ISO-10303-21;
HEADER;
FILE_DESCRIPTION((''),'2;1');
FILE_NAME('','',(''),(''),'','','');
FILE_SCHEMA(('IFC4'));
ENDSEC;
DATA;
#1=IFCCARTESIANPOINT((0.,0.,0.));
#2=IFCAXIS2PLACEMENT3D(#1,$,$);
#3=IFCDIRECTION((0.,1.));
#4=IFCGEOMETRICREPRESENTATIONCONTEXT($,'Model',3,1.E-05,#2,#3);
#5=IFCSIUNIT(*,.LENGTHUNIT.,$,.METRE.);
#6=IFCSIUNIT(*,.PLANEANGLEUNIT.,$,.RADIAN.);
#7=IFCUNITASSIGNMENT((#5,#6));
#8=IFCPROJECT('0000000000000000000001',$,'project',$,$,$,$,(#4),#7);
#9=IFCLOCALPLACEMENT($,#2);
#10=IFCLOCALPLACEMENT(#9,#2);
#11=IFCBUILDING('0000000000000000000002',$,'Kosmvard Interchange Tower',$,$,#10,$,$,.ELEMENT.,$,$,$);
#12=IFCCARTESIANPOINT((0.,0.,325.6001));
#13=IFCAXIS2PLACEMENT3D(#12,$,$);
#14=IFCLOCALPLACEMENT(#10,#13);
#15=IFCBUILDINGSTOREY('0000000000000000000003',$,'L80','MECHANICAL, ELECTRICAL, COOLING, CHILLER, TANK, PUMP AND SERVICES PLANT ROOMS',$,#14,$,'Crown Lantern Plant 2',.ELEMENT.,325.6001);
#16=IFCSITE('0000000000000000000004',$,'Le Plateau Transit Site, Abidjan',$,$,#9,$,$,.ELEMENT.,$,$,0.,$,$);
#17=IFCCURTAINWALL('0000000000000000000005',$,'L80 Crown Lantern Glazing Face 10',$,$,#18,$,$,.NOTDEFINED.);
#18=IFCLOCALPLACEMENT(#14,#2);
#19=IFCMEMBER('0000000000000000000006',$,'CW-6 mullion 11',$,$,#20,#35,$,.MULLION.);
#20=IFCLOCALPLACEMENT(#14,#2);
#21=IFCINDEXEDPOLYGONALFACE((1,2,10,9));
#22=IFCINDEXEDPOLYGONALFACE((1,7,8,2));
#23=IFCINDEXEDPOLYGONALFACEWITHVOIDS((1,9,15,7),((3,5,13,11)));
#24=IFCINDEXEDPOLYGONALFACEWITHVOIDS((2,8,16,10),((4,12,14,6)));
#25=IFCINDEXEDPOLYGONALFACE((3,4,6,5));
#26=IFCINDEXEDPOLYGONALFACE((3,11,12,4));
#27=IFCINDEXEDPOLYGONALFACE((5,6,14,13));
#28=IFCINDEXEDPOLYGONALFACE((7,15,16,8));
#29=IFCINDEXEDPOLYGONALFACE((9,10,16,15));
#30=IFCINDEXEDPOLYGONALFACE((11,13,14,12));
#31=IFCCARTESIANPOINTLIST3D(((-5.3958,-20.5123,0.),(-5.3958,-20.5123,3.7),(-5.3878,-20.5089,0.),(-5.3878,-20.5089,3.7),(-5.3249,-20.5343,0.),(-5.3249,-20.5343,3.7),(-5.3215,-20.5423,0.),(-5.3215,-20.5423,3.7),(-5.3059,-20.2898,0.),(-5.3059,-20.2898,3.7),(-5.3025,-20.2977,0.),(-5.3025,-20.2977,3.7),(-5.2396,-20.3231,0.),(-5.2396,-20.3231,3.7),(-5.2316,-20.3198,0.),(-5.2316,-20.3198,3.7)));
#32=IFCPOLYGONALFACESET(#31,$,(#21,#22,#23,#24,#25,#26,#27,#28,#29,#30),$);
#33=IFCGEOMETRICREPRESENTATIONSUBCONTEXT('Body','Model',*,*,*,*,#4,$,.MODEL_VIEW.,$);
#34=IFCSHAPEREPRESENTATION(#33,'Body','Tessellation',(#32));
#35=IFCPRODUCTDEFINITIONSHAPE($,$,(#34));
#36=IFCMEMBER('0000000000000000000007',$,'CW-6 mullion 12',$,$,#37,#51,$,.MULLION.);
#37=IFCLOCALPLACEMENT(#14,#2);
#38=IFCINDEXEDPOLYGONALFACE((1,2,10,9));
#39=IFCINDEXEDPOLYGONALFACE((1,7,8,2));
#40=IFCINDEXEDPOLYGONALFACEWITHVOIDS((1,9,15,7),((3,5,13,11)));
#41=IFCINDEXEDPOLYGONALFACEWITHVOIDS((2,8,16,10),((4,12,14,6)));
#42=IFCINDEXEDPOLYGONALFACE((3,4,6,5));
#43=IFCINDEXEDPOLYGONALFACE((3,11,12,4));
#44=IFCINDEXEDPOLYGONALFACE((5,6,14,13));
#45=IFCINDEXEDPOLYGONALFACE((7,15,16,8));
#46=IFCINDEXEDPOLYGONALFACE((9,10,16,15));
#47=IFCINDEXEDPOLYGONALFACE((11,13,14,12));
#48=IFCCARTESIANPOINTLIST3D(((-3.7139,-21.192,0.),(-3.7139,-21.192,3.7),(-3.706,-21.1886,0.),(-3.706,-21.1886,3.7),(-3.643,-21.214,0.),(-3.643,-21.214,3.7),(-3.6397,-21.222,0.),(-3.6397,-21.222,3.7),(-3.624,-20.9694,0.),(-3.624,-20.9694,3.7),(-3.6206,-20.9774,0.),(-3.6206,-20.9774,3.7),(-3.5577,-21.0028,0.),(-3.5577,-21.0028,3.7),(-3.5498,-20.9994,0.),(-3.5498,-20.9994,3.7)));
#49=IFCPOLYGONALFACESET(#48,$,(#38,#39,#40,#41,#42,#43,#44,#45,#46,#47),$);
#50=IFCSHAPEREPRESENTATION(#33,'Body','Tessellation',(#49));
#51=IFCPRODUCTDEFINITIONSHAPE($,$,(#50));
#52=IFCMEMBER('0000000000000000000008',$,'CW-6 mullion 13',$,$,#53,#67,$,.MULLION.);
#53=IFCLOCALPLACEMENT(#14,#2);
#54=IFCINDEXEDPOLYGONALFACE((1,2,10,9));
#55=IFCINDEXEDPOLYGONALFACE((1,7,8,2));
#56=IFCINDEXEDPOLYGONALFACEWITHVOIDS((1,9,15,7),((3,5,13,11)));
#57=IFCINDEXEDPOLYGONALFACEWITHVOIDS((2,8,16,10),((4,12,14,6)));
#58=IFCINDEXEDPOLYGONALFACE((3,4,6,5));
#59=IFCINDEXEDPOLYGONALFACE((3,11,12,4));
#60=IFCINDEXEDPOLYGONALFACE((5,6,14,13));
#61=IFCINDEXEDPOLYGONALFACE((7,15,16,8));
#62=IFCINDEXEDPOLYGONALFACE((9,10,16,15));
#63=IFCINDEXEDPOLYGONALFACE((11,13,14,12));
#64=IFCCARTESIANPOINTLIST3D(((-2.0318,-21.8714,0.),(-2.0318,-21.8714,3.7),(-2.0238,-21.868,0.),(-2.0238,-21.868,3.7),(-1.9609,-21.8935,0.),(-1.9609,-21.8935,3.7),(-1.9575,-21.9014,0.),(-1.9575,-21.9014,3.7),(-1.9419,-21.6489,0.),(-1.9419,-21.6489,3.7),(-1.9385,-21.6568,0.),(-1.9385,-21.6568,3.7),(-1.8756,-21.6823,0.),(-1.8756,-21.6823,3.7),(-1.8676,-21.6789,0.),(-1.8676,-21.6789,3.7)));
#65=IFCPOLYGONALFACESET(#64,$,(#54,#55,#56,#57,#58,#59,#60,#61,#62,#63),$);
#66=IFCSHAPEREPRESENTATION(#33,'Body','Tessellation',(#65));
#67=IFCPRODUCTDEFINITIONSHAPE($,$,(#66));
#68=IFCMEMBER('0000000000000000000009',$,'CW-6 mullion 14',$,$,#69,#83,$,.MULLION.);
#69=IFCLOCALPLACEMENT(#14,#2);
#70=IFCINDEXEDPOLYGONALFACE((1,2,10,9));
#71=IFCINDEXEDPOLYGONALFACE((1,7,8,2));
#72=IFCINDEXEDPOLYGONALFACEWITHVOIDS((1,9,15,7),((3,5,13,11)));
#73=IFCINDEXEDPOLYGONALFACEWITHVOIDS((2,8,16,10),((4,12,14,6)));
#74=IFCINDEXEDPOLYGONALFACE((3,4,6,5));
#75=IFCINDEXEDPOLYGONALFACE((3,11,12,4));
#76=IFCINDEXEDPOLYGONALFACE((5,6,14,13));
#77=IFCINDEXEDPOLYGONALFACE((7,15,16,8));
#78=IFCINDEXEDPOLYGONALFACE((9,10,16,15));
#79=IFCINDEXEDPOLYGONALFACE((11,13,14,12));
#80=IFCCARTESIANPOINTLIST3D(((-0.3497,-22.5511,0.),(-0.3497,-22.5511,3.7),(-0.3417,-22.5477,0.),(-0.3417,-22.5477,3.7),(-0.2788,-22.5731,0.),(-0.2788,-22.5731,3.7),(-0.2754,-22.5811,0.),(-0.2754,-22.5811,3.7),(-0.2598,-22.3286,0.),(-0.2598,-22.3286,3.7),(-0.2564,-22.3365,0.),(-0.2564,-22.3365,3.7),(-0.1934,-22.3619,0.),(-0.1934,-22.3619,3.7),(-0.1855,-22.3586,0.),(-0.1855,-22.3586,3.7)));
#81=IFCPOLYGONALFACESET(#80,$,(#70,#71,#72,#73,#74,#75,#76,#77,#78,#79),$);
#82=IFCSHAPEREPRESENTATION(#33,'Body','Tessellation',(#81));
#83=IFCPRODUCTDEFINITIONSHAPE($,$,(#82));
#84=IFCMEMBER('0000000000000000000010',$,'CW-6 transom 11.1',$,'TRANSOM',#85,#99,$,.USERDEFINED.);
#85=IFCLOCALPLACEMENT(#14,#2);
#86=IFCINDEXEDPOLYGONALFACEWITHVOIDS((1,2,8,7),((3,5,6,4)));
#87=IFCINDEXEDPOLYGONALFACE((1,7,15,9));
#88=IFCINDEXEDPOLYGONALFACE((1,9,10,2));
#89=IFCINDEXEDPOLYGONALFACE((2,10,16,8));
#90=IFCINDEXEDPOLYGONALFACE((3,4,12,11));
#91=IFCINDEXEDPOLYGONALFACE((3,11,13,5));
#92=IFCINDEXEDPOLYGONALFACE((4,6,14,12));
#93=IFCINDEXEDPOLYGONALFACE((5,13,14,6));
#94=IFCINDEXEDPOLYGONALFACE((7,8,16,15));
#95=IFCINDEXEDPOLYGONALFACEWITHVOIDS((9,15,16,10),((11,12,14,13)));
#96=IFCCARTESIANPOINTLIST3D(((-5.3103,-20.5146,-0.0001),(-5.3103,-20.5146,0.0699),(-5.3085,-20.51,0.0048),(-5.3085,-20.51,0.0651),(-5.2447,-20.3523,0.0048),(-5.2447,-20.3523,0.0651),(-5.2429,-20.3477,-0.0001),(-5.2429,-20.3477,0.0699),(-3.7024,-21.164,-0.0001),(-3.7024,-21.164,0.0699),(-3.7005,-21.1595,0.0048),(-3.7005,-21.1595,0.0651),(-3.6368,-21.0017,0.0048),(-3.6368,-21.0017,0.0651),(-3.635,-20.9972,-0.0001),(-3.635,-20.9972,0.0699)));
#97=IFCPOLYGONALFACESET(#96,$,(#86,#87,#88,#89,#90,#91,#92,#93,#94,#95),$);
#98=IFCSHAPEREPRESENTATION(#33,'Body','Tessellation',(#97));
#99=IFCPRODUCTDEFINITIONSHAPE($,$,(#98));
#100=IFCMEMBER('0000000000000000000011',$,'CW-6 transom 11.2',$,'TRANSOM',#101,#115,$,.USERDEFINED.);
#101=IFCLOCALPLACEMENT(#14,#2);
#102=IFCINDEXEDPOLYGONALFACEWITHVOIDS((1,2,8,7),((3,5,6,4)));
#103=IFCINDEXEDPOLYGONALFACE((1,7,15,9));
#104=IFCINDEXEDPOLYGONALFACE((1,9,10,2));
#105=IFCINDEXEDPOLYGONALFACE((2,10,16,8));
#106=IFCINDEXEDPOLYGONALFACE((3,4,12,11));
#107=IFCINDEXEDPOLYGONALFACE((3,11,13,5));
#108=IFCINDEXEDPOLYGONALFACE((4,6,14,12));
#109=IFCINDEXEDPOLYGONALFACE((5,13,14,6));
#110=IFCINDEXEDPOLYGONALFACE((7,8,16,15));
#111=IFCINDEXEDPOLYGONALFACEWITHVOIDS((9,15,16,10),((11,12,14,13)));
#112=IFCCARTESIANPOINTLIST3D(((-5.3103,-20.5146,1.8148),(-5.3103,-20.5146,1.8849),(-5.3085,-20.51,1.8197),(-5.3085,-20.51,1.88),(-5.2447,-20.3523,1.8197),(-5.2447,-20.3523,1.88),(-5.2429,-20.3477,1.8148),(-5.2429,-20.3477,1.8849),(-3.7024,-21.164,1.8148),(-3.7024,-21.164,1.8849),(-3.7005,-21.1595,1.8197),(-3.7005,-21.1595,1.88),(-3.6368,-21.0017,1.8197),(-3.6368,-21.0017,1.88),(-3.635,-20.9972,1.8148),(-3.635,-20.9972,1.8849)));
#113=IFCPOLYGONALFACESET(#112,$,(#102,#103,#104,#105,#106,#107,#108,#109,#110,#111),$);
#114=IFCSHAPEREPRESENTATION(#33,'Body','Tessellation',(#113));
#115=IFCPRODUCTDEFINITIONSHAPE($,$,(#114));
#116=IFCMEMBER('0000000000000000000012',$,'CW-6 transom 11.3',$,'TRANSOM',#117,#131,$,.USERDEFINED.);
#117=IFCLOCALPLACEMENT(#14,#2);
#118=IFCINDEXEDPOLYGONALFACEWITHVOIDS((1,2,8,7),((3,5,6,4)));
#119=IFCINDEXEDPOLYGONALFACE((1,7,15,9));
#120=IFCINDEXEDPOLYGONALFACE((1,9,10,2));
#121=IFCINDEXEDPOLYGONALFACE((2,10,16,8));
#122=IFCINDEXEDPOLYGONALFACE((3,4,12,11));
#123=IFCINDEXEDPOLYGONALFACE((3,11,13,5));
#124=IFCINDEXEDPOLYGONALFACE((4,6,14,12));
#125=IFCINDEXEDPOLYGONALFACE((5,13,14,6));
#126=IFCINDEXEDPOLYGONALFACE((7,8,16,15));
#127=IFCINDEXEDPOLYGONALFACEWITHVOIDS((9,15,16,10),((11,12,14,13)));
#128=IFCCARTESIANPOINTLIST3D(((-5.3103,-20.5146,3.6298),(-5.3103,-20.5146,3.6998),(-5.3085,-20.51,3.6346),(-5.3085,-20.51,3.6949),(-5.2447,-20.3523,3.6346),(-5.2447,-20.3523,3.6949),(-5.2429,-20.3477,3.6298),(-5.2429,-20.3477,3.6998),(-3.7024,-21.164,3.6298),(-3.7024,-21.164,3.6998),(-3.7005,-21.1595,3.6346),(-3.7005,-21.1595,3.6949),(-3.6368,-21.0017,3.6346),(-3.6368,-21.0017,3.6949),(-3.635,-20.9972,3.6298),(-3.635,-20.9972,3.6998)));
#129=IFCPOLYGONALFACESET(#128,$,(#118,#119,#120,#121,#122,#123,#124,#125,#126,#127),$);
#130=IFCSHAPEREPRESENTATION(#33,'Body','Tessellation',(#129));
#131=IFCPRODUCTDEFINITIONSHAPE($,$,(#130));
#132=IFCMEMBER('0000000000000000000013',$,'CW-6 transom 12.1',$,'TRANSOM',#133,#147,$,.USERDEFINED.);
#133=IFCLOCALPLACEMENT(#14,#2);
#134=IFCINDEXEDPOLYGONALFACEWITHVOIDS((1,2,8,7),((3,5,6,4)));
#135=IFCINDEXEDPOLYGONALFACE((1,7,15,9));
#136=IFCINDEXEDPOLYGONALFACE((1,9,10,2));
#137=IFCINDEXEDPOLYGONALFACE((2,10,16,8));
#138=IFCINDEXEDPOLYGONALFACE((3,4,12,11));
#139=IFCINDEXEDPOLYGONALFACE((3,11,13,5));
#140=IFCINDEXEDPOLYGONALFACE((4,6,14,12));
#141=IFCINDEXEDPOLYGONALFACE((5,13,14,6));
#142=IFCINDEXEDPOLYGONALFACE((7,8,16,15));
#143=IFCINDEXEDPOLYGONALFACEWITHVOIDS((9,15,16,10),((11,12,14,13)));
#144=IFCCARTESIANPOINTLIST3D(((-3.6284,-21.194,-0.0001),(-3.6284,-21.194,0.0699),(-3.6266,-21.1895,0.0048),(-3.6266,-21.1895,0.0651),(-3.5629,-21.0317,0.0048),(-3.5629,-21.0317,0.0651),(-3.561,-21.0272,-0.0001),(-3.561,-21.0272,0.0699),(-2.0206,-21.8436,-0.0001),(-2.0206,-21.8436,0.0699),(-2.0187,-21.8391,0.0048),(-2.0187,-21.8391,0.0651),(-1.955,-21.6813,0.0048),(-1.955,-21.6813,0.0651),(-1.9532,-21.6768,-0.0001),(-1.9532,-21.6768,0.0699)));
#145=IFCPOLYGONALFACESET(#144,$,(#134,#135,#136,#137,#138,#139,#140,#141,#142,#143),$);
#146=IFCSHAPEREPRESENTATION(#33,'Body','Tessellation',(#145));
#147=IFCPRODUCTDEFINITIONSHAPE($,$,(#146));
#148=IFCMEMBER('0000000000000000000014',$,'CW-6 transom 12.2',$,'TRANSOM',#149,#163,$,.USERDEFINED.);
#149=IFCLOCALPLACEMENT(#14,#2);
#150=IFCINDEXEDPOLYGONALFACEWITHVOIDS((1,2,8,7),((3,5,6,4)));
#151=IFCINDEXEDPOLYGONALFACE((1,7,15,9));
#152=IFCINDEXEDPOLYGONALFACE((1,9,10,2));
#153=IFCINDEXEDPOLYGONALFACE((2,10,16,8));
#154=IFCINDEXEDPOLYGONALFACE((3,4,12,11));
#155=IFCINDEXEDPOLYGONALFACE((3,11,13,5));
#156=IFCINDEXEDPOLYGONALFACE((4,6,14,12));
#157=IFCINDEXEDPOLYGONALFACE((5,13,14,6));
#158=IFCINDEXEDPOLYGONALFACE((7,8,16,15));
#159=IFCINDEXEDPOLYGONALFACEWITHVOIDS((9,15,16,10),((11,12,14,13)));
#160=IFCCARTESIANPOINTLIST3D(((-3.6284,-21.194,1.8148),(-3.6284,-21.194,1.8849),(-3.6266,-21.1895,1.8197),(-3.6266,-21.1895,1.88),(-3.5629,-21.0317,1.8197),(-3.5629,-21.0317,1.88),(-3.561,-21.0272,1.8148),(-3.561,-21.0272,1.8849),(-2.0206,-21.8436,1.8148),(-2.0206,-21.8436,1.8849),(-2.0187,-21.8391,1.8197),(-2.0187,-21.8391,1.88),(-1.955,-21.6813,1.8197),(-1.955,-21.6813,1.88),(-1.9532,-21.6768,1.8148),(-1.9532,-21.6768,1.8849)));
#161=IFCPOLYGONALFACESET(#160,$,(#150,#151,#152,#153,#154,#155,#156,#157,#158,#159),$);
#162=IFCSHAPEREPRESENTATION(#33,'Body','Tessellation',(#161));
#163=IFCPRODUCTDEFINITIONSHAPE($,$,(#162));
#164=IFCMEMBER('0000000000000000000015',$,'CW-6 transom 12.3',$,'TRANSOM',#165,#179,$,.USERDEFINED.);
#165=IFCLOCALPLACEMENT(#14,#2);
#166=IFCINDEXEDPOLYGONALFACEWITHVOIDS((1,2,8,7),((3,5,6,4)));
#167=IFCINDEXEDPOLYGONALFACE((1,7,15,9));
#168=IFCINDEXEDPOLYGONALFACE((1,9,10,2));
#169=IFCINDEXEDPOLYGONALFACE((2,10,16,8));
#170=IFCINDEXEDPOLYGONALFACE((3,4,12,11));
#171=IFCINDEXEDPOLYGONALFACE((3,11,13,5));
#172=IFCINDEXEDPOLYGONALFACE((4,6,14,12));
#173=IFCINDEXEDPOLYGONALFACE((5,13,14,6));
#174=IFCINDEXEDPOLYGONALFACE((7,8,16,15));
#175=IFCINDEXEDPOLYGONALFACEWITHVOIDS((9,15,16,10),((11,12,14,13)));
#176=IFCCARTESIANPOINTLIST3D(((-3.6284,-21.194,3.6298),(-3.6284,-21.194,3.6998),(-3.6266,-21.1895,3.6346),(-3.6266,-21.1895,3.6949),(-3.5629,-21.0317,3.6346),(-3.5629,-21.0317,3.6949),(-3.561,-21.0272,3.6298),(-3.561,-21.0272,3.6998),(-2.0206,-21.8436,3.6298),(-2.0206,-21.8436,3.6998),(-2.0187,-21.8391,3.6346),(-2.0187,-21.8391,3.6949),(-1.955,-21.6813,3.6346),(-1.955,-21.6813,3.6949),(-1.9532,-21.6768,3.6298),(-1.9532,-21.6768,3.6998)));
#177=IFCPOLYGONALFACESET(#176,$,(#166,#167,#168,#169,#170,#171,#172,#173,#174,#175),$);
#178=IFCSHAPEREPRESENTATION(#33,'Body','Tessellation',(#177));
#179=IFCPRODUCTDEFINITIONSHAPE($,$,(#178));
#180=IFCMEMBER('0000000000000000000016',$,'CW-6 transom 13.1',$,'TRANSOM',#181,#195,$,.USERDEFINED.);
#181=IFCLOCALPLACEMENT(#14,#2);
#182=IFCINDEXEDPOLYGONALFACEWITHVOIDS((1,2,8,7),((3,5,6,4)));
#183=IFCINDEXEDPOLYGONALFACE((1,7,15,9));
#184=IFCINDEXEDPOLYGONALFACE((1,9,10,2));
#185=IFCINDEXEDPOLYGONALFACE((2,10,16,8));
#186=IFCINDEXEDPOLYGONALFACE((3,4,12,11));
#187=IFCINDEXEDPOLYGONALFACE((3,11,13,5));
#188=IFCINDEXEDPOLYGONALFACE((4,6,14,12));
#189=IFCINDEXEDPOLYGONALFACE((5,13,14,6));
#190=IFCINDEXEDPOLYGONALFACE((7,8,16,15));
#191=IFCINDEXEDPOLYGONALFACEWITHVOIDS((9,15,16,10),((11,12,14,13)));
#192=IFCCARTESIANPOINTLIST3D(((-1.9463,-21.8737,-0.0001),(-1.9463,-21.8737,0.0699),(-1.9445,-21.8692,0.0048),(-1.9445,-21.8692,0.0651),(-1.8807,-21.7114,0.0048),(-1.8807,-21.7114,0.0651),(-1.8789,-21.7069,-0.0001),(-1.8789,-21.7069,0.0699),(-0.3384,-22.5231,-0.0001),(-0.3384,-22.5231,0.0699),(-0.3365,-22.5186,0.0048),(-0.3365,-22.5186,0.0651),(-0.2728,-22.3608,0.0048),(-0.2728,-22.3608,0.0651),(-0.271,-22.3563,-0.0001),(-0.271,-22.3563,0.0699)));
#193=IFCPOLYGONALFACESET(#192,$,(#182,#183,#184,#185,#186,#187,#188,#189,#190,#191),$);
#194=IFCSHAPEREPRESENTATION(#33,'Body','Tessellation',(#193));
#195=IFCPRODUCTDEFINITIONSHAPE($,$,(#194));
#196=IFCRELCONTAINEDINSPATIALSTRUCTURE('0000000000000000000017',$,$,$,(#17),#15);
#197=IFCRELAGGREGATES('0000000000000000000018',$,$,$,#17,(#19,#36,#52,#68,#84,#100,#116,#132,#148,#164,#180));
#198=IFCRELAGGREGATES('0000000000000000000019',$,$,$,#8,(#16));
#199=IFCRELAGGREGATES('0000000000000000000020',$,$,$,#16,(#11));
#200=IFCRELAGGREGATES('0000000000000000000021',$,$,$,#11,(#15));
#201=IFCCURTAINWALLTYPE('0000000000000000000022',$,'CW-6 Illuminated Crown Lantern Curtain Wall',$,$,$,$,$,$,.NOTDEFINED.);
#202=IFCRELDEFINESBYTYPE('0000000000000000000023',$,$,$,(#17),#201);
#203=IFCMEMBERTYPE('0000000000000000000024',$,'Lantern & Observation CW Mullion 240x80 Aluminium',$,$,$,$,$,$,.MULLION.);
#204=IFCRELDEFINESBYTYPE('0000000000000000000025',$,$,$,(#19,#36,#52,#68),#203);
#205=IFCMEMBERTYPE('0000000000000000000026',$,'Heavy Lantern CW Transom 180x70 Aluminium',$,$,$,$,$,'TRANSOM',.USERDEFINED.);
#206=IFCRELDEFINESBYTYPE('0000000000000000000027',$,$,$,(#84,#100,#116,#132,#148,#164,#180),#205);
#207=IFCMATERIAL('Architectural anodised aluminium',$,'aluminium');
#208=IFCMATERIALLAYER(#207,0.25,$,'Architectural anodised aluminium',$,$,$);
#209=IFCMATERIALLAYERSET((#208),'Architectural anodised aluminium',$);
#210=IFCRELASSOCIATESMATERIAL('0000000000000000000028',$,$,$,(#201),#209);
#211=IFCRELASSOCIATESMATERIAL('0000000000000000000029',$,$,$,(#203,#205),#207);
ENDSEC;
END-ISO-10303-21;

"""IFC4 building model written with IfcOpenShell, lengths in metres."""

from ifc_helpers import new_model, si_unit, direction, frame, origin, origin_2d, place, context, subcontext, project, spatial, hollow_rectangle, extrude, source, transform, mapped, material, layer, layer_set, material_profile, profile_set, type_object, element, aggregate, save


model = new_model("IFC4")

# Units and contexts
model_context = context("Model", 3, precision=1e-05, world=origin(), true_north=direction((0.0, 1.0)))
body_context = subcontext(model_context, "Body", "Model", "MODEL_VIEW")
ifc_project = project(units=[si_unit("LENGTHUNIT", "METRE"), si_unit("PLANEANGLEUNIT", "RADIAN")], contexts=[model_context])

# Site, building, storey
site_placement = place(None, origin())
site = spatial("IfcSite", under=ifc_project, at=site_placement, Name="Le Plateau Transit Site, Abidjan", CompositionType="ELEMENT", RefElevation=0.0)
building_placement = place(site_placement, origin())
building = spatial("IfcBuilding", under=site, at=building_placement, Name="Kosmvard Interchange Tower", CompositionType="ELEMENT")
storey_placement = place(building_placement, frame((0.0, 0.0, 325.6001)))
storey = spatial("IfcBuildingStorey", under=building, at=storey_placement, Name="L80", Description="MECHANICAL, ELECTRICAL, COOLING, CHILLER, TANK, PUMP AND SERVICES PLANT ROOMS", LongName="Crown Lantern Plant 2", CompositionType="ELEMENT", Elevation=325.6001)

# Curtain wall, members
ifc_material_1 = material(Name="Architectural anodised aluminium", Category="aluminium")
ifc_layer_1 = layer(ifc_material_1, 0.25, Name="Architectural anodised aluminium")
ifc_layer_set_1 = layer_set([ifc_layer_1], Name="Architectural anodised aluminium")
curtain_wall_type = type_object("IfcCurtainWallType", Name="CW-6 Illuminated Crown Lantern Curtain Wall", PredefinedType="NOTDEFINED", material=ifc_layer_set_1)
curtain_wall_placement = place(storey_placement, origin())
curtain_wall = element("IfcCurtainWall", 1, at=curtain_wall_placement, inside=storey, type_object=curtain_wall_type, Name="L80 Crown Lantern Glazing Face 10", PredefinedType="NOTDEFINED")
ifc_material_profile_1 = material_profile(ifc_material_1, hollow_rectangle(XDim=0.24, YDim=0.0801, WallThickness=0.0061, at=origin_2d()), Name="CWM 240x80x6")
ifc_profile_set_1 = profile_set([ifc_material_profile_1], Name="Architectural anodised aluminium")
member_type_1 = type_object("IfcMemberType", Name="Lantern & Observation CW Mullion 240x80 Aluminium", PredefinedType="MULLION", material=ifc_profile_set_1)
shared_shape_1 = source(origin(), body_context, "Body", "SweptSolid", [
    extrude(hollow_rectangle(XDim=0.24, YDim=0.0801, WallThickness=0.0061, at=origin_2d()), origin(), (0.0, 0.0, 1.0), 3.7),
])
member_1_placement = place(storey_placement, frame((-5.3137, -20.416, 0.0), z_axis=(0.0, 0.0, 1.0), x_axis=(0.374607, 0.927184, 0.0)))
member_1 = element("IfcMember", 2, at=member_1_placement, type_object=member_type_1, Name="CW-6 mullion 11", PredefinedType="MULLION", context=body_context, shape_type="MappedRepresentation", body=[
    mapped(shared_shape_1, transform((0.0, 0.0, 0.0), scale=1.0)),
])
member_2_placement = place(storey_placement, frame((-3.6318, -21.0957, 0.0), z_axis=(0.0, 0.0, 1.0), x_axis=(0.374607, 0.927184, 0.0)))
member_2 = element("IfcMember", 3, at=member_2_placement, type_object=member_type_1, Name="CW-6 mullion 12", PredefinedType="MULLION", context=body_context, shape_type="MappedRepresentation", body=[
    mapped(shared_shape_1, transform((0.0, 0.0, 0.0), scale=1.0)),
])
member_3_placement = place(storey_placement, frame((-1.9497, -21.7751, 0.0), z_axis=(0.0, 0.0, 1.0), x_axis=(0.374607, 0.927184, 0.0)))
member_3 = element("IfcMember", 4, at=member_3_placement, type_object=member_type_1, Name="CW-6 mullion 13", PredefinedType="MULLION", context=body_context, shape_type="MappedRepresentation", body=[
    mapped(shared_shape_1, transform((0.0, 0.0, 0.0), scale=1.0)),
])
member_4_placement = place(storey_placement, frame((-0.2676, -22.4548, 0.0), z_axis=(0.0, 0.0, 1.0), x_axis=(0.374607, 0.927184, 0.0)))
member_4 = element("IfcMember", 5, at=member_4_placement, type_object=member_type_1, Name="CW-6 mullion 14", PredefinedType="MULLION", context=body_context, shape_type="MappedRepresentation", body=[
    mapped(shared_shape_1, transform((0.0, 0.0, 0.0), scale=1.0)),
])
ifc_material_profile_2 = material_profile(ifc_material_1, hollow_rectangle(XDim=0.1799, YDim=0.0701, WallThickness=0.0049, at=origin_2d()), Name="CWT 180x70x5")
ifc_profile_set_2 = profile_set([ifc_material_profile_2], Name="Architectural anodised aluminium")
member_type_2 = type_object("IfcMemberType", Name="Heavy Lantern CW Transom 180x70 Aluminium", ElementType="TRANSOM", PredefinedType="USERDEFINED", material=ifc_profile_set_2)
shared_shape_2 = source(origin(), body_context, "Body", "SweptSolid", [
    extrude(hollow_rectangle(XDim=0.1799, YDim=0.0701, WallThickness=0.0049, at=origin_2d()), origin(), (0.0, 0.0, 1.0), 1.7341),
])
member_5_placement = place(storey_placement, frame((-5.2766, -20.4312, 0.0349), z_axis=(0.927229, -0.374496, 0.0), x_axis=(0.374496, 0.927229, 0.0)))
member_5 = element("IfcMember", 6, at=member_5_placement, type_object=member_type_2, Name="CW-6 transom 11.1", ObjectType="TRANSOM", PredefinedType="USERDEFINED", context=body_context, shape_type="MappedRepresentation", body=[
    mapped(shared_shape_2, transform((0.0, 0.0, 0.0), scale=1.0)),
])
member_6_placement = place(storey_placement, frame((-5.2766, -20.4312, 1.8499), z_axis=(0.927229, -0.374496, 0.0), x_axis=(0.374496, 0.927229, 0.0)))
member_6 = element("IfcMember", 7, at=member_6_placement, type_object=member_type_2, Name="CW-6 transom 11.2", ObjectType="TRANSOM", PredefinedType="USERDEFINED", context=body_context, shape_type="MappedRepresentation", body=[
    mapped(shared_shape_2, transform((0.0, 0.0, 0.0), scale=1.0)),
])
member_7_placement = place(storey_placement, frame((-5.2766, -20.4312, 3.6648), z_axis=(0.927229, -0.374496, 0.0), x_axis=(0.374496, 0.927229, 0.0)))
member_7 = element("IfcMember", 8, at=member_7_placement, type_object=member_type_2, Name="CW-6 transom 11.3", ObjectType="TRANSOM", PredefinedType="USERDEFINED", context=body_context, shape_type="MappedRepresentation", body=[
    mapped(shared_shape_2, transform((0.0, 0.0, 0.0), scale=1.0)),
])
member_8_placement = place(storey_placement, frame((-3.5947, -21.1106, 0.0349), z_axis=(0.92718, -0.374617, 0.0), x_axis=(0.374617, 0.92718, 0.0)))
member_8 = element("IfcMember", 9, at=member_8_placement, type_object=member_type_2, Name="CW-6 transom 12.1", ObjectType="TRANSOM", PredefinedType="USERDEFINED", context=body_context, shape_type="MappedRepresentation", body=[
    mapped(shared_shape_2, transform((0.0, 0.0, 0.0), scale=1.0)),
])
member_9_placement = place(storey_placement, frame((-3.5947, -21.1106, 1.8499), z_axis=(0.92718, -0.374617, 0.0), x_axis=(0.374617, 0.92718, 0.0)))
member_9 = element("IfcMember", 10, at=member_9_placement, type_object=member_type_2, Name="CW-6 transom 12.2", ObjectType="TRANSOM", PredefinedType="USERDEFINED", context=body_context, shape_type="MappedRepresentation", body=[
    mapped(shared_shape_2, transform((0.0, 0.0, 0.0), scale=1.0)),
])
member_10_placement = place(storey_placement, frame((-3.5947, -21.1106, 3.6648), z_axis=(0.92718, -0.374617, 0.0), x_axis=(0.374617, 0.92718, 0.0)))
member_10 = element("IfcMember", 11, at=member_10_placement, type_object=member_type_2, Name="CW-6 transom 12.3", ObjectType="TRANSOM", PredefinedType="USERDEFINED", context=body_context, shape_type="MappedRepresentation", body=[
    mapped(shared_shape_2, transform((0.0, 0.0, 0.0), scale=1.0)),
])
member_11_placement = place(storey_placement, frame((-1.9126, -21.7903, 0.0349), z_axis=(0.927229, -0.374496, 0.0), x_axis=(0.374496, 0.927229, 0.0)))
member_11 = element("IfcMember", 12, at=member_11_placement, type_object=member_type_2, Name="CW-6 transom 13.1", ObjectType="TRANSOM", PredefinedType="USERDEFINED", context=body_context, shape_type="MappedRepresentation", body=[
    mapped(shared_shape_2, transform((0.0, 0.0, 0.0), scale=1.0)),
])
aggregate(curtain_wall, [member_1, member_2, member_3, member_4, member_5, member_6, member_7, member_8, member_9, member_10, member_11])

save(model, "model.ifc")
